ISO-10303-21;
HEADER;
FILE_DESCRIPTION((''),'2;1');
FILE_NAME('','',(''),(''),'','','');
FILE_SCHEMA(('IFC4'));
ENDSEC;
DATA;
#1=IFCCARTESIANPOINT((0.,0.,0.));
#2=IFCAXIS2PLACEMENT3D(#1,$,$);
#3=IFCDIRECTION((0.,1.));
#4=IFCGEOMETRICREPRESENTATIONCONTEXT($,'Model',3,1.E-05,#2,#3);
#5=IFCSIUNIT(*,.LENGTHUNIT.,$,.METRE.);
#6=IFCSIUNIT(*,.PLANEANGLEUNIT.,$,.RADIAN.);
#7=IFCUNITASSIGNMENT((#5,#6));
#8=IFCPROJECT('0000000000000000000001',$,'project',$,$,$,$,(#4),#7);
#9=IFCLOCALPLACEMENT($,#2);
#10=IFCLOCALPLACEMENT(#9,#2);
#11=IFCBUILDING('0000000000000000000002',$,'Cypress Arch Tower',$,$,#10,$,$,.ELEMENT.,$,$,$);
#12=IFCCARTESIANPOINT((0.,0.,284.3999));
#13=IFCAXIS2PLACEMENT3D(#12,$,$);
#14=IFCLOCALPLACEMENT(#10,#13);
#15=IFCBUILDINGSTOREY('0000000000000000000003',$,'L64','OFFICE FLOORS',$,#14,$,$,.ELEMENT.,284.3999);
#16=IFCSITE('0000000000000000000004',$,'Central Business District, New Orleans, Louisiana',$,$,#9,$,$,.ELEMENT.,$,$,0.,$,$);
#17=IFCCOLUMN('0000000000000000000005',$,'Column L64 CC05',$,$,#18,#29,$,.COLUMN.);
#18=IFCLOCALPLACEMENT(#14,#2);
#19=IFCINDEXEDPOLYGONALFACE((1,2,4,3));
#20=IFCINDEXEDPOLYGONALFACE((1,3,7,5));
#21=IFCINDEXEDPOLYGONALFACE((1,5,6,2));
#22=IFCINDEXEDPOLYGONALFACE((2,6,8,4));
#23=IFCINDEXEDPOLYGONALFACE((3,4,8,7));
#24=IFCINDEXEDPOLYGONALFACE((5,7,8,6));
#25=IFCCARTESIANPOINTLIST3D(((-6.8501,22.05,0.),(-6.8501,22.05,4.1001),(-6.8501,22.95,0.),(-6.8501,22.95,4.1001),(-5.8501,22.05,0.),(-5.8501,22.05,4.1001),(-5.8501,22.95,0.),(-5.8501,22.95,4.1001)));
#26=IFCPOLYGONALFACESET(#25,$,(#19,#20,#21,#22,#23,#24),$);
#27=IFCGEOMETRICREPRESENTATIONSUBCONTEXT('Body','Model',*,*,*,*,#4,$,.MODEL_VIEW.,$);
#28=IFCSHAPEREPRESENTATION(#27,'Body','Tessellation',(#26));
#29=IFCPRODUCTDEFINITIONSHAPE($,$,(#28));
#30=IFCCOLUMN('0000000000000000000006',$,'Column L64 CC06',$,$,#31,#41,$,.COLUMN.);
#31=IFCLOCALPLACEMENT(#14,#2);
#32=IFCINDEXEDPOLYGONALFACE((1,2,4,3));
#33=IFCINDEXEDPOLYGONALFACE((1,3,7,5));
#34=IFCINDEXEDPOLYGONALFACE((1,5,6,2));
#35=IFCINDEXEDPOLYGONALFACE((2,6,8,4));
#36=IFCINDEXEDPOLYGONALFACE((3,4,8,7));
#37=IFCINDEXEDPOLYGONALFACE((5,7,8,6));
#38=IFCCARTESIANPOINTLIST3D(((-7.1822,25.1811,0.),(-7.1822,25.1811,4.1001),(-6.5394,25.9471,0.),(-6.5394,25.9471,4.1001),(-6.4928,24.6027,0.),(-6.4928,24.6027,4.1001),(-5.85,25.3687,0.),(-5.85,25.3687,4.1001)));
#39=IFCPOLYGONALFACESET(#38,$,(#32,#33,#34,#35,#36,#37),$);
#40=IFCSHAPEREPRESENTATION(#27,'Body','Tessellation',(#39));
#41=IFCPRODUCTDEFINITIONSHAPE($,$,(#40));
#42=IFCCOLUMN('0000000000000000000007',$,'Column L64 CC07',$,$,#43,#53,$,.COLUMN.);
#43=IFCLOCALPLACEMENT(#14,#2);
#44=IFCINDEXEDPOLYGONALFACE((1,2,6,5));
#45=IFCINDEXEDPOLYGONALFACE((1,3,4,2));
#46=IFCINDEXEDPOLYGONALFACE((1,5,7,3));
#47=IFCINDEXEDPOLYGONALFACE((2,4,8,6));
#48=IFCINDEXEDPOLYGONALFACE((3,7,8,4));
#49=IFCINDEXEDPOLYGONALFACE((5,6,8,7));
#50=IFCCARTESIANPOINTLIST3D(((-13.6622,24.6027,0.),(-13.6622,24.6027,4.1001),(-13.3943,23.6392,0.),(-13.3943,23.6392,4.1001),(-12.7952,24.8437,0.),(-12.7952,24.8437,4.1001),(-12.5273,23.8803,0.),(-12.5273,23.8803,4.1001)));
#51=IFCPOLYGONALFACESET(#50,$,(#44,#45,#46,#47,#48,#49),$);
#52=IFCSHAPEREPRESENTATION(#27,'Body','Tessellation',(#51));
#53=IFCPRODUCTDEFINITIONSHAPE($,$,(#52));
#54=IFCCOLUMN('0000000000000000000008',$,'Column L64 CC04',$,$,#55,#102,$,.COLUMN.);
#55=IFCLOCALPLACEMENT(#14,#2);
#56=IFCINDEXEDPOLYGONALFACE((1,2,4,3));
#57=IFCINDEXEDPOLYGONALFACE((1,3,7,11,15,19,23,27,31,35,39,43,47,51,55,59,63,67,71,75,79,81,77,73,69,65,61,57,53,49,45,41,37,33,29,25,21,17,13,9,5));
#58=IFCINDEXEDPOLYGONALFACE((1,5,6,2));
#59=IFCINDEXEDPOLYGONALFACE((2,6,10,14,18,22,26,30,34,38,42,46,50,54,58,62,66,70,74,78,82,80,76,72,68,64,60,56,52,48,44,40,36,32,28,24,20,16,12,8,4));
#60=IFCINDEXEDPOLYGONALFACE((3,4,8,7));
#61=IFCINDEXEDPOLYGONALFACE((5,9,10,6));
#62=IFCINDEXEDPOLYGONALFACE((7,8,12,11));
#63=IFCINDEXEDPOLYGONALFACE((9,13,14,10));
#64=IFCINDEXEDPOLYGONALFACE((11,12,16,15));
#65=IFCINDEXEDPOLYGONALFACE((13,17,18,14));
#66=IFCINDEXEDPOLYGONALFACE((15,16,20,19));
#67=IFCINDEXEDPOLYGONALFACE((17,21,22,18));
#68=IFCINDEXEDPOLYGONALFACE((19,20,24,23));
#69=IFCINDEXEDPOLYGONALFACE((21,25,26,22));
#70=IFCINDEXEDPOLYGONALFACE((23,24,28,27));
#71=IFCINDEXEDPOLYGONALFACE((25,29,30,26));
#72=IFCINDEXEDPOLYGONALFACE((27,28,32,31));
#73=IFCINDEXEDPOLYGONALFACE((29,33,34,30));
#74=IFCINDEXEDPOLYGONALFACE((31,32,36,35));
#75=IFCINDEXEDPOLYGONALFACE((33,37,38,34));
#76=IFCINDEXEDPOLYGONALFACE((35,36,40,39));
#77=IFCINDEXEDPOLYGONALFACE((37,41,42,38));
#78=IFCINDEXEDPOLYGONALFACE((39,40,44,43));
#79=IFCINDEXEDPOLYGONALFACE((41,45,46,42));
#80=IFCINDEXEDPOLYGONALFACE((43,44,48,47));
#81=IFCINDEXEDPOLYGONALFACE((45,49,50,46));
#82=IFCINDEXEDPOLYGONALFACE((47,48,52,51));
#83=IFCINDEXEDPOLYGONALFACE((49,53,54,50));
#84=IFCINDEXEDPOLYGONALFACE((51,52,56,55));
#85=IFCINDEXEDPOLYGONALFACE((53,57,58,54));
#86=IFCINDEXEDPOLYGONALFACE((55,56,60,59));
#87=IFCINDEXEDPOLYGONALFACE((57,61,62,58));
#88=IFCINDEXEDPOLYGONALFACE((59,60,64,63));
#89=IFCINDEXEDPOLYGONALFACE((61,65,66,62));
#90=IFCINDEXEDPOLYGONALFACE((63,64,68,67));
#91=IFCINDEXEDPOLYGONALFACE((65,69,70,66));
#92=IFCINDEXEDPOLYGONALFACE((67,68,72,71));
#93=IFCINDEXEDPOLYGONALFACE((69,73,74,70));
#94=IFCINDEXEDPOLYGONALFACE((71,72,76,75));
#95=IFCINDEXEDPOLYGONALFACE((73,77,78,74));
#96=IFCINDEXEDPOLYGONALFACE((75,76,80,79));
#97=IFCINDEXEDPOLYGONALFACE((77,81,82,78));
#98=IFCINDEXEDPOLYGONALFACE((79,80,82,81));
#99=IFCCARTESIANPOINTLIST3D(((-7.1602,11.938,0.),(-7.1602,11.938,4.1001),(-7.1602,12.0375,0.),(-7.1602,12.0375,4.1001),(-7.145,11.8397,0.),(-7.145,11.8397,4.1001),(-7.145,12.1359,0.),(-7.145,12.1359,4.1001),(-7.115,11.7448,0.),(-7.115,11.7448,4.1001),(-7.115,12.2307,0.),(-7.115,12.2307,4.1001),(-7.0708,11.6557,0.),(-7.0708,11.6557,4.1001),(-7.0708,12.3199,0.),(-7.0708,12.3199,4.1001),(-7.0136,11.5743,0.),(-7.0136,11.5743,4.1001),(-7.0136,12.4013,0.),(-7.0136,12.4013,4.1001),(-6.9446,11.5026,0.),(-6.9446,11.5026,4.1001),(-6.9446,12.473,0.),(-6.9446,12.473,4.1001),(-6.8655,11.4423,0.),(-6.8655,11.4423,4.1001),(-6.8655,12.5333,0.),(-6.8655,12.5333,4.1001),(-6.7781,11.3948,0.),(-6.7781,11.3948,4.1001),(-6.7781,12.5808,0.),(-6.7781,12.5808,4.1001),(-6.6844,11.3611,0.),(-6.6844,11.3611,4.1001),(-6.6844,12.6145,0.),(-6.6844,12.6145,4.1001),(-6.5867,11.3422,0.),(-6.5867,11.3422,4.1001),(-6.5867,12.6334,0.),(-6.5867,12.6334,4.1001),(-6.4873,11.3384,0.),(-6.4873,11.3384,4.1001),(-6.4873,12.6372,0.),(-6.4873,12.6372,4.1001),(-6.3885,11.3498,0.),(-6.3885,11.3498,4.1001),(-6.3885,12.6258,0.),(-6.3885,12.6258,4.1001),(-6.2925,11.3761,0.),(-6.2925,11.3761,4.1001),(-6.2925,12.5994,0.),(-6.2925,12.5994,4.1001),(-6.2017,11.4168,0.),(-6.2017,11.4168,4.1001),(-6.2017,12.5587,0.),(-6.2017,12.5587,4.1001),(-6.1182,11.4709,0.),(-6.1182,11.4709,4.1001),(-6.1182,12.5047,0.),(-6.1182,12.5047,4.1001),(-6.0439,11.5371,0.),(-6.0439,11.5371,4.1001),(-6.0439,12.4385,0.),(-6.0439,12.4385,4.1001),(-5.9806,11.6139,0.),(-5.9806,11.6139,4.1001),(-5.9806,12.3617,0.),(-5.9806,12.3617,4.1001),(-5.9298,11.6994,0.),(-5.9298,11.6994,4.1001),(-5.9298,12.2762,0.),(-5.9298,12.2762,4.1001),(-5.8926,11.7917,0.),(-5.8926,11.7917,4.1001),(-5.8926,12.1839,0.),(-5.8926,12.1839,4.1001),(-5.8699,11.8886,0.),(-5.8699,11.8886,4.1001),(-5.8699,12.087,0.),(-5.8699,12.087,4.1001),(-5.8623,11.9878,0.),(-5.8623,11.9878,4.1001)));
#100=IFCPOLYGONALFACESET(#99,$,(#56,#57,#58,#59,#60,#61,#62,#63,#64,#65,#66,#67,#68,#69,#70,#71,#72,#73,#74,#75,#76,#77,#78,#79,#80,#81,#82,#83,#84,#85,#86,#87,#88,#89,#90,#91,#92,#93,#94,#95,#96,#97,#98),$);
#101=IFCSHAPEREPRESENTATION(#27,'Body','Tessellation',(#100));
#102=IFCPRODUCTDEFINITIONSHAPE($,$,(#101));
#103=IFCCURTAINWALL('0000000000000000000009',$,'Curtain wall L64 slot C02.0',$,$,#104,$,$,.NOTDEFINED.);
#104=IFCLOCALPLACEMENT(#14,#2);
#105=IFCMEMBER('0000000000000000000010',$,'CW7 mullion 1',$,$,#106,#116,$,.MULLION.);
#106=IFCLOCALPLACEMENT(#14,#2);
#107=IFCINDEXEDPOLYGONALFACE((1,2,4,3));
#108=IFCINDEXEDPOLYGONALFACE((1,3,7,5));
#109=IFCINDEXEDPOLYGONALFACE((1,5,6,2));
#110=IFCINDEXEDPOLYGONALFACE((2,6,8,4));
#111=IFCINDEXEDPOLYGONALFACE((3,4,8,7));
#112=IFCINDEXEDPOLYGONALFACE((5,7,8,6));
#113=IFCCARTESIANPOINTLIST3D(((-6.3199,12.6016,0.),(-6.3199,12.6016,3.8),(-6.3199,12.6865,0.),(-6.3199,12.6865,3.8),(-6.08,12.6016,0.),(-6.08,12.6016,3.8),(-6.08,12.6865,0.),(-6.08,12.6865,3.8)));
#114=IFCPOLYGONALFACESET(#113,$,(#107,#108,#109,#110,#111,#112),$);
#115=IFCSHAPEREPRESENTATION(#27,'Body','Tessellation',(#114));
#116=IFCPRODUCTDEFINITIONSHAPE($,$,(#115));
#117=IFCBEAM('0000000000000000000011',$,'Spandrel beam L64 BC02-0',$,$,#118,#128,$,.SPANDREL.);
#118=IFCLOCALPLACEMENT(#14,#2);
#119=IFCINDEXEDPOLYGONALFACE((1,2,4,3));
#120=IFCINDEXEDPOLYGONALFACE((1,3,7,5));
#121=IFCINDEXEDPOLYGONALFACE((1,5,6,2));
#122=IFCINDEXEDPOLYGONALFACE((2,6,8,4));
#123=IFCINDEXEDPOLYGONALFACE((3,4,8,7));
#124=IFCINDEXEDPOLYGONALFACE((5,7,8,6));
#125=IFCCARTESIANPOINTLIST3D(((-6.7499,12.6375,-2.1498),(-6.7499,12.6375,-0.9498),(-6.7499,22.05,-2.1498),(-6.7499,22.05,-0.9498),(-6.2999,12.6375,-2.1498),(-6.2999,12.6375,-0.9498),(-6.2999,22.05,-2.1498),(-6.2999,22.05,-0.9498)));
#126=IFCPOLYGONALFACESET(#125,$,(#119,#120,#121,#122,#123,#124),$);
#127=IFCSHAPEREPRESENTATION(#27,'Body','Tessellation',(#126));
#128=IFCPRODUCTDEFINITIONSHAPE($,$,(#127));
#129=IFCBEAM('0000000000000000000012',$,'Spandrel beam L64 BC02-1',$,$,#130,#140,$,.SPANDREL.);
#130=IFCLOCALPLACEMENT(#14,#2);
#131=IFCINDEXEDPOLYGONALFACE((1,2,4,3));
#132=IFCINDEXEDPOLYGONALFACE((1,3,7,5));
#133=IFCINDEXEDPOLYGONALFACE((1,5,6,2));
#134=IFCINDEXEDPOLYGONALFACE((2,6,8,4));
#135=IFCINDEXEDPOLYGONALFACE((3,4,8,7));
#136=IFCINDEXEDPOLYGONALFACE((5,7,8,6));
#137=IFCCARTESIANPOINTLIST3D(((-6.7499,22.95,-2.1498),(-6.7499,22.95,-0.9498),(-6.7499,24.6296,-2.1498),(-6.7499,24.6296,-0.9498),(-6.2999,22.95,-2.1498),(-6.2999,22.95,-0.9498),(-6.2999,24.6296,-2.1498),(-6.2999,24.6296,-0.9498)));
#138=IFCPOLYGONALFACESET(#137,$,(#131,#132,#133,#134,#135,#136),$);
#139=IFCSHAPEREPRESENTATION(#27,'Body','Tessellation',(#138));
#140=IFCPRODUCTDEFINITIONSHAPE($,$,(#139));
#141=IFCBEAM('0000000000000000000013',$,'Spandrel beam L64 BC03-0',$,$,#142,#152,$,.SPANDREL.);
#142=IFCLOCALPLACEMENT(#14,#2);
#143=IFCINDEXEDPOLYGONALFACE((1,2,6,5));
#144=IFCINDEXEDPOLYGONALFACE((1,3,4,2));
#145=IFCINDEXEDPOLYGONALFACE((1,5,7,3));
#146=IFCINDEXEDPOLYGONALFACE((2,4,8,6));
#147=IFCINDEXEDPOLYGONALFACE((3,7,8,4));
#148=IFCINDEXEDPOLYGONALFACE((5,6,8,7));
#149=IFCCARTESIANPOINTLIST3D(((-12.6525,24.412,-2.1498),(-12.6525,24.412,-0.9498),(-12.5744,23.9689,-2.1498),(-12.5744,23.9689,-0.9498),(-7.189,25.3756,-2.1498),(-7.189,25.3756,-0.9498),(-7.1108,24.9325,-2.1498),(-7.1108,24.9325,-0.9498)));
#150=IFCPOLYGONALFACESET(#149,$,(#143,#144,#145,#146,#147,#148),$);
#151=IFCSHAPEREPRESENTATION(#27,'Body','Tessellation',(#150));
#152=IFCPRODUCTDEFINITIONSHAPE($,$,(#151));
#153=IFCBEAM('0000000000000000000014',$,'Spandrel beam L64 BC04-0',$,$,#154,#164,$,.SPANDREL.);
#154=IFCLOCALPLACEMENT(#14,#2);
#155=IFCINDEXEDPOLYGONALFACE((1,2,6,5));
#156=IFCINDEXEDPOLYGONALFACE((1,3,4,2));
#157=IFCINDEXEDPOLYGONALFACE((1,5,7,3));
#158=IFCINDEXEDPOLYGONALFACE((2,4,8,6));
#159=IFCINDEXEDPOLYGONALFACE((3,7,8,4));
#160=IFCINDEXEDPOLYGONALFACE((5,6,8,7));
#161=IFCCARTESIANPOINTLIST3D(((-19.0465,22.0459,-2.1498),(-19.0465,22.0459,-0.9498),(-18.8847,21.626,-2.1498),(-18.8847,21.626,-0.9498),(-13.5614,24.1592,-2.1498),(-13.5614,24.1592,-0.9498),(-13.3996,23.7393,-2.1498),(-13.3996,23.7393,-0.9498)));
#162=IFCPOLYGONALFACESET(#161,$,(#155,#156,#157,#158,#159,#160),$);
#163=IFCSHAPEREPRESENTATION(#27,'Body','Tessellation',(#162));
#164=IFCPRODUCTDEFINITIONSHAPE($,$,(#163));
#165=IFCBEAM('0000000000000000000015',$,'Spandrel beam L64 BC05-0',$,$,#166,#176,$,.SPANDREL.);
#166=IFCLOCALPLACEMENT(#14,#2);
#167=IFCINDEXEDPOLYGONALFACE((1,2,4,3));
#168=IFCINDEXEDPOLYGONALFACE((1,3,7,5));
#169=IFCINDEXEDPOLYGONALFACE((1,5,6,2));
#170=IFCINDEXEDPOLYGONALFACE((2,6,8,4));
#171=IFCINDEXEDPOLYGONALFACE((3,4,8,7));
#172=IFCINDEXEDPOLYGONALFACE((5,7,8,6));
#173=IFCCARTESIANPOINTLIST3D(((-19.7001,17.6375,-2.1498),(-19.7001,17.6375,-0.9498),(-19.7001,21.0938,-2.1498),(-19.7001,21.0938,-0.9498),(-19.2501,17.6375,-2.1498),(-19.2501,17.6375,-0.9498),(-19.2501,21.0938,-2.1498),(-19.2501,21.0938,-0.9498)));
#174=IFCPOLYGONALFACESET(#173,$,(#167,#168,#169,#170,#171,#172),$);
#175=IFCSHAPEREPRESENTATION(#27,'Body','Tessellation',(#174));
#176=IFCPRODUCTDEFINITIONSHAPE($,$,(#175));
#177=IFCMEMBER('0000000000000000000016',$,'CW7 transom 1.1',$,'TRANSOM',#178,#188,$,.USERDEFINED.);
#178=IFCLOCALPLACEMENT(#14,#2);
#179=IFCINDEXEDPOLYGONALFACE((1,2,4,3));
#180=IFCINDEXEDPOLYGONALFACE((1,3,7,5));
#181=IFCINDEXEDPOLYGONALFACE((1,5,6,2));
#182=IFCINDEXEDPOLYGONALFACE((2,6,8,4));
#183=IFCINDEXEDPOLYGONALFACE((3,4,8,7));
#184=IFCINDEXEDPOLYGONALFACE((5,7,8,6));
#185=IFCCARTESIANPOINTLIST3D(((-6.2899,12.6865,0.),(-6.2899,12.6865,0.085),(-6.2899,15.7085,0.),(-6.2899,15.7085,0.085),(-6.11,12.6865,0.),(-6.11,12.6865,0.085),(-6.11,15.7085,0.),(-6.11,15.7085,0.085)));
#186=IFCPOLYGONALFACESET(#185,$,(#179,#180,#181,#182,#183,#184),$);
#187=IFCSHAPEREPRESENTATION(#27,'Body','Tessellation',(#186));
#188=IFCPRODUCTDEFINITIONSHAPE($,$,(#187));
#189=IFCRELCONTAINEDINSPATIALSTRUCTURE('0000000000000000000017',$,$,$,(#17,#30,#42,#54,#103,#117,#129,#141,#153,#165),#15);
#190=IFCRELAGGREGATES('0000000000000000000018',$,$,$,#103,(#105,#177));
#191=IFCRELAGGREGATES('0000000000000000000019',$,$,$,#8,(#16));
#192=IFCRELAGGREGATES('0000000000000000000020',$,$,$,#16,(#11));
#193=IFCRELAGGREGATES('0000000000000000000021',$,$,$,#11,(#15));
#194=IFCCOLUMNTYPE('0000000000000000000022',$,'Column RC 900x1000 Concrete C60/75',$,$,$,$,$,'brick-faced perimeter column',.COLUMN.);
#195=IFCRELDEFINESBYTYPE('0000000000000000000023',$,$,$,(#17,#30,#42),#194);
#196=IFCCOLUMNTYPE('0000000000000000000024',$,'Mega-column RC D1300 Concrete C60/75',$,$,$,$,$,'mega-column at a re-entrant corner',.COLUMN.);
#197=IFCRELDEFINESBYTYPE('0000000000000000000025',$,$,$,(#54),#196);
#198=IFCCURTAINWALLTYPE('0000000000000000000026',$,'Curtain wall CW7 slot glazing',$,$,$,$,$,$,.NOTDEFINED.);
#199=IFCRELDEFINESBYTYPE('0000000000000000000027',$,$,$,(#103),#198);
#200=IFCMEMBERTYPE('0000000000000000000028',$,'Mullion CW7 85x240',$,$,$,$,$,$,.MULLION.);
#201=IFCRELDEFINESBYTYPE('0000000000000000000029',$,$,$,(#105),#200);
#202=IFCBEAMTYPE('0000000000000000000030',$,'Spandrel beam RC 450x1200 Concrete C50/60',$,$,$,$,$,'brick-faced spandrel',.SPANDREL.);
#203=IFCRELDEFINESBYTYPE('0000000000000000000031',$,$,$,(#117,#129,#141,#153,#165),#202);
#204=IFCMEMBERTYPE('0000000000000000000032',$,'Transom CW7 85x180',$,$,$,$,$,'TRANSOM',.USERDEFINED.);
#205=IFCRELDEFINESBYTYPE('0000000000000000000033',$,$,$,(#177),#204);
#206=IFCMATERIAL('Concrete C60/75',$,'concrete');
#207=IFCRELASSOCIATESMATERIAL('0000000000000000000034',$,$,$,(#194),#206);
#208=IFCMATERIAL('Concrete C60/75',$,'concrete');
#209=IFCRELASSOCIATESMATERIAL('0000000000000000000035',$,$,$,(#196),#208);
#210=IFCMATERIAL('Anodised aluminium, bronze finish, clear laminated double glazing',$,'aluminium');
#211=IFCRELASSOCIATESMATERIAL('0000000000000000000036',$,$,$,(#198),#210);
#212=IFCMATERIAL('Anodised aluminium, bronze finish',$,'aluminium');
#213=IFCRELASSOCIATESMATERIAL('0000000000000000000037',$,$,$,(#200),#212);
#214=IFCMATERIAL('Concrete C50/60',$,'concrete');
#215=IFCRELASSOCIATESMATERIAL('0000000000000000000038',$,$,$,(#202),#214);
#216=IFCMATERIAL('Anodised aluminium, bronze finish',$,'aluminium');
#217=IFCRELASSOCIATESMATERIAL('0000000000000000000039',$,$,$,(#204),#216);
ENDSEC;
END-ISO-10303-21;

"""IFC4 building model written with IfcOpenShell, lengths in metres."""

from ifc_helpers import new_model, si_unit, direction, frame, origin, origin_2d, place, context, subcontext, project, spatial, rectangle, circle, extrude, material, material_profile, profile_set, type_object, element, aggregate, save


model = new_model("IFC4")

# Units and contexts
model_context = context("Model", 3, precision=1e-05, world=origin(), true_north=direction((0.0, 1.0)))
body_context = subcontext(model_context, "Body", "Model", "MODEL_VIEW")
ifc_project = project(units=[si_unit("LENGTHUNIT", "METRE"), si_unit("PLANEANGLEUNIT", "RADIAN")], contexts=[model_context])

# Site, building, storey
site_placement = place(None, origin())
site = spatial("IfcSite", under=ifc_project, at=site_placement, Name="Central Business District, New Orleans, Louisiana", CompositionType="ELEMENT", RefElevation=0.0)
building_placement = place(site_placement, origin())
building = spatial("IfcBuilding", under=site, at=building_placement, Name="Cypress Arch Tower", CompositionType="ELEMENT")
storey_placement = place(building_placement, frame((0.0, 0.0, 284.3999)))
storey = spatial("IfcBuildingStorey", under=building, at=storey_placement, Name="L64", Description="OFFICE FLOORS", CompositionType="ELEMENT", Elevation=284.3999)

# Columns
ifc_material_1 = material(Name="Concrete C60/75", Category="concrete")
ifc_material_profile_1 = material_profile(ifc_material_1, rectangle(XDim=0.8999, YDim=1.0, at=origin_2d()), Name="RC 900x1000")
ifc_profile_set_1 = profile_set([ifc_material_profile_1], Name="Concrete C60/75")
column_type_1 = type_object("IfcColumnType", Name="Column RC 900x1000 Concrete C60/75", ElementType="brick-faced perimeter column", PredefinedType="COLUMN", material=ifc_profile_set_1)
for number, where, z_axis, x_axis, name in (
    (1, (-6.3501, 22.5, 0.0), (0.0, 0.0, 1.0), (0.0, 1.0, 0.0), "Column L64 CC05"),
    (2, (-6.5161, 25.2749, 0.0), (0.0, 0.0, 1.0), (-0.766064, 0.642765, 0.0), "Column L64 CC06"),
    (3, (-13.0947, 24.2415, 0.0), (0.0, 0.0, 1.0), (-0.963456, -0.267868, 0.0), "Column L64 CC07"),
):
    element("IfcColumn", number, at=place(storey_placement, frame(where, z_axis=z_axis, x_axis=x_axis)), inside=storey, type_object=column_type_1, Name=name, PredefinedType="COLUMN", context=body_context, shape_type="SweptSolid", body=[
        extrude(rectangle(XDim=0.8999, YDim=1.0, at=origin_2d()), origin(), (0.0, 0.0, 1.0), 4.1001),
    ])
ifc_material_2 = material(Name="Concrete C60/75", Category="concrete")
ifc_material_profile_2 = material_profile(ifc_material_2, circle(Radius=0.6499, at=origin_2d()), Name="RC D1300")
ifc_profile_set_2 = profile_set([ifc_material_profile_2], Name="Concrete C60/75")
column_type_2 = type_object("IfcColumnType", Name="Mega-column RC D1300 Concrete C60/75", ElementType="mega-column at a re-entrant corner", PredefinedType="COLUMN", material=ifc_profile_set_2)
column_placement = place(storey_placement, frame((-6.5122, 11.9878, 0.0), z_axis=(0.0, 0.0, 1.0), x_axis=(1.0, 0.0, 0.0)))
element("IfcColumn", 4, at=column_placement, inside=storey, type_object=column_type_2, Name="Column L64 CC04", PredefinedType="COLUMN", context=body_context, shape_type="SweptSolid", body=[
    extrude(circle(Radius=0.6499, at=origin_2d()), origin(), (0.0, 0.0, 1.0), 4.1001),
])

# Curtain wall, member
ifc_material_3 = material(Name="Anodised aluminium, bronze finish, clear laminated double glazing", Category="aluminium")
curtain_wall_type = type_object("IfcCurtainWallType", Name="Curtain wall CW7 slot glazing", PredefinedType="NOTDEFINED", material=ifc_material_3)
curtain_wall_placement = place(storey_placement, origin())
curtain_wall = element("IfcCurtainWall", 5, at=curtain_wall_placement, inside=storey, type_object=curtain_wall_type, Name="Curtain wall L64 slot C02.0", PredefinedType="NOTDEFINED")
ifc_material_4 = material(Name="Anodised aluminium, bronze finish", Category="aluminium")
ifc_material_profile_3 = material_profile(ifc_material_4, rectangle(XDim=0.24, YDim=0.085, at=origin_2d()), Name="Mullion 85x240")
ifc_profile_set_3 = profile_set([ifc_material_profile_3], Name="Anodised aluminium, bronze finish")
member_type_1 = type_object("IfcMemberType", Name="Mullion CW7 85x240", PredefinedType="MULLION", material=ifc_profile_set_3)
member_1_placement = place(storey_placement, frame((-6.2, 12.644, 0.0), z_axis=(0.0, 0.0, 1.0), x_axis=(-1.0, 0.0, 0.0)))
member_1 = element("IfcMember", 6, at=member_1_placement, type_object=member_type_1, Name="CW7 mullion 1", PredefinedType="MULLION", context=body_context, shape_type="SweptSolid", body=[
    extrude(rectangle(XDim=0.24, YDim=0.085, at=origin_2d()), origin(), (0.0, 0.0, 1.0), 3.8),
])

# Beams
ifc_material_5 = material(Name="Concrete C50/60", Category="concrete")
ifc_material_profile_4 = material_profile(ifc_material_5, rectangle(XDim=0.45, YDim=1.2, at=origin_2d()), Name="RC 450x1200")
ifc_profile_set_4 = profile_set([ifc_material_profile_4], Name="Concrete C50/60")
beam_type = type_object("IfcBeamType", Name="Spandrel beam RC 450x1200 Concrete C50/60", ElementType="brick-faced spandrel", PredefinedType="SPANDREL", material=ifc_profile_set_4)
beam_1_placement = place(storey_placement, frame((-6.5249, 12.6375, -1.5498), z_axis=(0.0, 1.0, 0.0), x_axis=(-1.0, 0.0, 0.0)))
element("IfcBeam", 7, at=beam_1_placement, inside=storey, type_object=beam_type, Name="Spandrel beam L64 BC02-0", PredefinedType="SPANDREL", context=body_context, shape_type="SweptSolid", body=[
    extrude(rectangle(XDim=0.45, YDim=1.2, at=origin_2d()), origin(), (0.0, 0.0, 1.0), 9.4126),
])
beam_2_placement = place(storey_placement, frame((-6.5249, 22.95, -1.5498), z_axis=(0.0, 1.0, 0.0), x_axis=(-1.0, 0.0, 0.0)))
element("IfcBeam", 8, at=beam_2_placement, inside=storey, type_object=beam_type, Name="Spandrel beam L64 BC02-1", PredefinedType="SPANDREL", context=body_context, shape_type="SweptSolid", body=[
    extrude(rectangle(XDim=0.45, YDim=1.2, at=origin_2d()), origin(), (0.0, 0.0, 1.0), 1.6797),
])
beam_3_placement = place(storey_placement, frame((-7.1499, 25.1541, -1.5498), z_axis=(-0.9848, -0.17369, 0.0), x_axis=(0.17369, -0.9848, 0.0)))
element("IfcBeam", 9, at=beam_3_placement, inside=storey, type_object=beam_type, Name="Spandrel beam L64 BC03-0", PredefinedType="SPANDREL", context=body_context, shape_type="SweptSolid", body=[
    extrude(rectangle(XDim=0.45, YDim=1.2, at=origin_2d()), origin(), (0.0, 0.0, 1.0), 5.5479),
])
beam_4_placement = place(storey_placement, frame((-13.4805, 23.9492, -1.5498), z_axis=(-0.933139, -0.359516, 0.0), x_axis=(0.359516, -0.933139, 0.0)))
element("IfcBeam", 10, at=beam_4_placement, inside=storey, type_object=beam_type, Name="Spandrel beam L64 BC04-0", PredefinedType="SPANDREL", context=body_context, shape_type="SweptSolid", body=[
    extrude(rectangle(XDim=0.45, YDim=1.2, at=origin_2d()), origin(), (0.0, 0.0, 1.0), 5.8782),
])
beam_5_placement = place(storey_placement, frame((-19.4751, 21.0938, -1.5498), z_axis=(0.0, -1.0, 0.0), x_axis=(1.0, 0.0, 0.0)))
element("IfcBeam", 11, at=beam_5_placement, inside=storey, type_object=beam_type, Name="Spandrel beam L64 BC05-0", PredefinedType="SPANDREL", context=body_context, shape_type="SweptSolid", body=[
    extrude(rectangle(XDim=0.45, YDim=1.2, at=origin_2d()), origin(), (0.0, 0.0, 1.0), 3.4563),
])

# Member
ifc_material_6 = material(Name="Anodised aluminium, bronze finish", Category="aluminium")
ifc_material_profile_5 = material_profile(ifc_material_6, rectangle(XDim=0.1799, YDim=0.085, at=origin_2d()), Name="Transom 85x180")
ifc_profile_set_5 = profile_set([ifc_material_profile_5], Name="Anodised aluminium, bronze finish")
member_type_2 = type_object("IfcMemberType", Name="Transom CW7 85x180", ElementType="TRANSOM", PredefinedType="USERDEFINED", material=ifc_profile_set_5)
member_2_placement = place(storey_placement, frame((-6.2, 12.6865, 0.0425), z_axis=(0.0, 1.0, 0.0), x_axis=(-1.0, 0.0, 0.0)))
member_2 = element("IfcMember", 12, at=member_2_placement, type_object=member_type_2, Name="CW7 transom 1.1", ObjectType="TRANSOM", PredefinedType="USERDEFINED", context=body_context, shape_type="SweptSolid", body=[
    extrude(rectangle(XDim=0.1799, YDim=0.085, at=origin_2d()), origin(), (0.0, 0.0, 1.0), 3.022),
])
aggregate(curtain_wall, [member_1, member_2])

save(model, "model.ifc")
